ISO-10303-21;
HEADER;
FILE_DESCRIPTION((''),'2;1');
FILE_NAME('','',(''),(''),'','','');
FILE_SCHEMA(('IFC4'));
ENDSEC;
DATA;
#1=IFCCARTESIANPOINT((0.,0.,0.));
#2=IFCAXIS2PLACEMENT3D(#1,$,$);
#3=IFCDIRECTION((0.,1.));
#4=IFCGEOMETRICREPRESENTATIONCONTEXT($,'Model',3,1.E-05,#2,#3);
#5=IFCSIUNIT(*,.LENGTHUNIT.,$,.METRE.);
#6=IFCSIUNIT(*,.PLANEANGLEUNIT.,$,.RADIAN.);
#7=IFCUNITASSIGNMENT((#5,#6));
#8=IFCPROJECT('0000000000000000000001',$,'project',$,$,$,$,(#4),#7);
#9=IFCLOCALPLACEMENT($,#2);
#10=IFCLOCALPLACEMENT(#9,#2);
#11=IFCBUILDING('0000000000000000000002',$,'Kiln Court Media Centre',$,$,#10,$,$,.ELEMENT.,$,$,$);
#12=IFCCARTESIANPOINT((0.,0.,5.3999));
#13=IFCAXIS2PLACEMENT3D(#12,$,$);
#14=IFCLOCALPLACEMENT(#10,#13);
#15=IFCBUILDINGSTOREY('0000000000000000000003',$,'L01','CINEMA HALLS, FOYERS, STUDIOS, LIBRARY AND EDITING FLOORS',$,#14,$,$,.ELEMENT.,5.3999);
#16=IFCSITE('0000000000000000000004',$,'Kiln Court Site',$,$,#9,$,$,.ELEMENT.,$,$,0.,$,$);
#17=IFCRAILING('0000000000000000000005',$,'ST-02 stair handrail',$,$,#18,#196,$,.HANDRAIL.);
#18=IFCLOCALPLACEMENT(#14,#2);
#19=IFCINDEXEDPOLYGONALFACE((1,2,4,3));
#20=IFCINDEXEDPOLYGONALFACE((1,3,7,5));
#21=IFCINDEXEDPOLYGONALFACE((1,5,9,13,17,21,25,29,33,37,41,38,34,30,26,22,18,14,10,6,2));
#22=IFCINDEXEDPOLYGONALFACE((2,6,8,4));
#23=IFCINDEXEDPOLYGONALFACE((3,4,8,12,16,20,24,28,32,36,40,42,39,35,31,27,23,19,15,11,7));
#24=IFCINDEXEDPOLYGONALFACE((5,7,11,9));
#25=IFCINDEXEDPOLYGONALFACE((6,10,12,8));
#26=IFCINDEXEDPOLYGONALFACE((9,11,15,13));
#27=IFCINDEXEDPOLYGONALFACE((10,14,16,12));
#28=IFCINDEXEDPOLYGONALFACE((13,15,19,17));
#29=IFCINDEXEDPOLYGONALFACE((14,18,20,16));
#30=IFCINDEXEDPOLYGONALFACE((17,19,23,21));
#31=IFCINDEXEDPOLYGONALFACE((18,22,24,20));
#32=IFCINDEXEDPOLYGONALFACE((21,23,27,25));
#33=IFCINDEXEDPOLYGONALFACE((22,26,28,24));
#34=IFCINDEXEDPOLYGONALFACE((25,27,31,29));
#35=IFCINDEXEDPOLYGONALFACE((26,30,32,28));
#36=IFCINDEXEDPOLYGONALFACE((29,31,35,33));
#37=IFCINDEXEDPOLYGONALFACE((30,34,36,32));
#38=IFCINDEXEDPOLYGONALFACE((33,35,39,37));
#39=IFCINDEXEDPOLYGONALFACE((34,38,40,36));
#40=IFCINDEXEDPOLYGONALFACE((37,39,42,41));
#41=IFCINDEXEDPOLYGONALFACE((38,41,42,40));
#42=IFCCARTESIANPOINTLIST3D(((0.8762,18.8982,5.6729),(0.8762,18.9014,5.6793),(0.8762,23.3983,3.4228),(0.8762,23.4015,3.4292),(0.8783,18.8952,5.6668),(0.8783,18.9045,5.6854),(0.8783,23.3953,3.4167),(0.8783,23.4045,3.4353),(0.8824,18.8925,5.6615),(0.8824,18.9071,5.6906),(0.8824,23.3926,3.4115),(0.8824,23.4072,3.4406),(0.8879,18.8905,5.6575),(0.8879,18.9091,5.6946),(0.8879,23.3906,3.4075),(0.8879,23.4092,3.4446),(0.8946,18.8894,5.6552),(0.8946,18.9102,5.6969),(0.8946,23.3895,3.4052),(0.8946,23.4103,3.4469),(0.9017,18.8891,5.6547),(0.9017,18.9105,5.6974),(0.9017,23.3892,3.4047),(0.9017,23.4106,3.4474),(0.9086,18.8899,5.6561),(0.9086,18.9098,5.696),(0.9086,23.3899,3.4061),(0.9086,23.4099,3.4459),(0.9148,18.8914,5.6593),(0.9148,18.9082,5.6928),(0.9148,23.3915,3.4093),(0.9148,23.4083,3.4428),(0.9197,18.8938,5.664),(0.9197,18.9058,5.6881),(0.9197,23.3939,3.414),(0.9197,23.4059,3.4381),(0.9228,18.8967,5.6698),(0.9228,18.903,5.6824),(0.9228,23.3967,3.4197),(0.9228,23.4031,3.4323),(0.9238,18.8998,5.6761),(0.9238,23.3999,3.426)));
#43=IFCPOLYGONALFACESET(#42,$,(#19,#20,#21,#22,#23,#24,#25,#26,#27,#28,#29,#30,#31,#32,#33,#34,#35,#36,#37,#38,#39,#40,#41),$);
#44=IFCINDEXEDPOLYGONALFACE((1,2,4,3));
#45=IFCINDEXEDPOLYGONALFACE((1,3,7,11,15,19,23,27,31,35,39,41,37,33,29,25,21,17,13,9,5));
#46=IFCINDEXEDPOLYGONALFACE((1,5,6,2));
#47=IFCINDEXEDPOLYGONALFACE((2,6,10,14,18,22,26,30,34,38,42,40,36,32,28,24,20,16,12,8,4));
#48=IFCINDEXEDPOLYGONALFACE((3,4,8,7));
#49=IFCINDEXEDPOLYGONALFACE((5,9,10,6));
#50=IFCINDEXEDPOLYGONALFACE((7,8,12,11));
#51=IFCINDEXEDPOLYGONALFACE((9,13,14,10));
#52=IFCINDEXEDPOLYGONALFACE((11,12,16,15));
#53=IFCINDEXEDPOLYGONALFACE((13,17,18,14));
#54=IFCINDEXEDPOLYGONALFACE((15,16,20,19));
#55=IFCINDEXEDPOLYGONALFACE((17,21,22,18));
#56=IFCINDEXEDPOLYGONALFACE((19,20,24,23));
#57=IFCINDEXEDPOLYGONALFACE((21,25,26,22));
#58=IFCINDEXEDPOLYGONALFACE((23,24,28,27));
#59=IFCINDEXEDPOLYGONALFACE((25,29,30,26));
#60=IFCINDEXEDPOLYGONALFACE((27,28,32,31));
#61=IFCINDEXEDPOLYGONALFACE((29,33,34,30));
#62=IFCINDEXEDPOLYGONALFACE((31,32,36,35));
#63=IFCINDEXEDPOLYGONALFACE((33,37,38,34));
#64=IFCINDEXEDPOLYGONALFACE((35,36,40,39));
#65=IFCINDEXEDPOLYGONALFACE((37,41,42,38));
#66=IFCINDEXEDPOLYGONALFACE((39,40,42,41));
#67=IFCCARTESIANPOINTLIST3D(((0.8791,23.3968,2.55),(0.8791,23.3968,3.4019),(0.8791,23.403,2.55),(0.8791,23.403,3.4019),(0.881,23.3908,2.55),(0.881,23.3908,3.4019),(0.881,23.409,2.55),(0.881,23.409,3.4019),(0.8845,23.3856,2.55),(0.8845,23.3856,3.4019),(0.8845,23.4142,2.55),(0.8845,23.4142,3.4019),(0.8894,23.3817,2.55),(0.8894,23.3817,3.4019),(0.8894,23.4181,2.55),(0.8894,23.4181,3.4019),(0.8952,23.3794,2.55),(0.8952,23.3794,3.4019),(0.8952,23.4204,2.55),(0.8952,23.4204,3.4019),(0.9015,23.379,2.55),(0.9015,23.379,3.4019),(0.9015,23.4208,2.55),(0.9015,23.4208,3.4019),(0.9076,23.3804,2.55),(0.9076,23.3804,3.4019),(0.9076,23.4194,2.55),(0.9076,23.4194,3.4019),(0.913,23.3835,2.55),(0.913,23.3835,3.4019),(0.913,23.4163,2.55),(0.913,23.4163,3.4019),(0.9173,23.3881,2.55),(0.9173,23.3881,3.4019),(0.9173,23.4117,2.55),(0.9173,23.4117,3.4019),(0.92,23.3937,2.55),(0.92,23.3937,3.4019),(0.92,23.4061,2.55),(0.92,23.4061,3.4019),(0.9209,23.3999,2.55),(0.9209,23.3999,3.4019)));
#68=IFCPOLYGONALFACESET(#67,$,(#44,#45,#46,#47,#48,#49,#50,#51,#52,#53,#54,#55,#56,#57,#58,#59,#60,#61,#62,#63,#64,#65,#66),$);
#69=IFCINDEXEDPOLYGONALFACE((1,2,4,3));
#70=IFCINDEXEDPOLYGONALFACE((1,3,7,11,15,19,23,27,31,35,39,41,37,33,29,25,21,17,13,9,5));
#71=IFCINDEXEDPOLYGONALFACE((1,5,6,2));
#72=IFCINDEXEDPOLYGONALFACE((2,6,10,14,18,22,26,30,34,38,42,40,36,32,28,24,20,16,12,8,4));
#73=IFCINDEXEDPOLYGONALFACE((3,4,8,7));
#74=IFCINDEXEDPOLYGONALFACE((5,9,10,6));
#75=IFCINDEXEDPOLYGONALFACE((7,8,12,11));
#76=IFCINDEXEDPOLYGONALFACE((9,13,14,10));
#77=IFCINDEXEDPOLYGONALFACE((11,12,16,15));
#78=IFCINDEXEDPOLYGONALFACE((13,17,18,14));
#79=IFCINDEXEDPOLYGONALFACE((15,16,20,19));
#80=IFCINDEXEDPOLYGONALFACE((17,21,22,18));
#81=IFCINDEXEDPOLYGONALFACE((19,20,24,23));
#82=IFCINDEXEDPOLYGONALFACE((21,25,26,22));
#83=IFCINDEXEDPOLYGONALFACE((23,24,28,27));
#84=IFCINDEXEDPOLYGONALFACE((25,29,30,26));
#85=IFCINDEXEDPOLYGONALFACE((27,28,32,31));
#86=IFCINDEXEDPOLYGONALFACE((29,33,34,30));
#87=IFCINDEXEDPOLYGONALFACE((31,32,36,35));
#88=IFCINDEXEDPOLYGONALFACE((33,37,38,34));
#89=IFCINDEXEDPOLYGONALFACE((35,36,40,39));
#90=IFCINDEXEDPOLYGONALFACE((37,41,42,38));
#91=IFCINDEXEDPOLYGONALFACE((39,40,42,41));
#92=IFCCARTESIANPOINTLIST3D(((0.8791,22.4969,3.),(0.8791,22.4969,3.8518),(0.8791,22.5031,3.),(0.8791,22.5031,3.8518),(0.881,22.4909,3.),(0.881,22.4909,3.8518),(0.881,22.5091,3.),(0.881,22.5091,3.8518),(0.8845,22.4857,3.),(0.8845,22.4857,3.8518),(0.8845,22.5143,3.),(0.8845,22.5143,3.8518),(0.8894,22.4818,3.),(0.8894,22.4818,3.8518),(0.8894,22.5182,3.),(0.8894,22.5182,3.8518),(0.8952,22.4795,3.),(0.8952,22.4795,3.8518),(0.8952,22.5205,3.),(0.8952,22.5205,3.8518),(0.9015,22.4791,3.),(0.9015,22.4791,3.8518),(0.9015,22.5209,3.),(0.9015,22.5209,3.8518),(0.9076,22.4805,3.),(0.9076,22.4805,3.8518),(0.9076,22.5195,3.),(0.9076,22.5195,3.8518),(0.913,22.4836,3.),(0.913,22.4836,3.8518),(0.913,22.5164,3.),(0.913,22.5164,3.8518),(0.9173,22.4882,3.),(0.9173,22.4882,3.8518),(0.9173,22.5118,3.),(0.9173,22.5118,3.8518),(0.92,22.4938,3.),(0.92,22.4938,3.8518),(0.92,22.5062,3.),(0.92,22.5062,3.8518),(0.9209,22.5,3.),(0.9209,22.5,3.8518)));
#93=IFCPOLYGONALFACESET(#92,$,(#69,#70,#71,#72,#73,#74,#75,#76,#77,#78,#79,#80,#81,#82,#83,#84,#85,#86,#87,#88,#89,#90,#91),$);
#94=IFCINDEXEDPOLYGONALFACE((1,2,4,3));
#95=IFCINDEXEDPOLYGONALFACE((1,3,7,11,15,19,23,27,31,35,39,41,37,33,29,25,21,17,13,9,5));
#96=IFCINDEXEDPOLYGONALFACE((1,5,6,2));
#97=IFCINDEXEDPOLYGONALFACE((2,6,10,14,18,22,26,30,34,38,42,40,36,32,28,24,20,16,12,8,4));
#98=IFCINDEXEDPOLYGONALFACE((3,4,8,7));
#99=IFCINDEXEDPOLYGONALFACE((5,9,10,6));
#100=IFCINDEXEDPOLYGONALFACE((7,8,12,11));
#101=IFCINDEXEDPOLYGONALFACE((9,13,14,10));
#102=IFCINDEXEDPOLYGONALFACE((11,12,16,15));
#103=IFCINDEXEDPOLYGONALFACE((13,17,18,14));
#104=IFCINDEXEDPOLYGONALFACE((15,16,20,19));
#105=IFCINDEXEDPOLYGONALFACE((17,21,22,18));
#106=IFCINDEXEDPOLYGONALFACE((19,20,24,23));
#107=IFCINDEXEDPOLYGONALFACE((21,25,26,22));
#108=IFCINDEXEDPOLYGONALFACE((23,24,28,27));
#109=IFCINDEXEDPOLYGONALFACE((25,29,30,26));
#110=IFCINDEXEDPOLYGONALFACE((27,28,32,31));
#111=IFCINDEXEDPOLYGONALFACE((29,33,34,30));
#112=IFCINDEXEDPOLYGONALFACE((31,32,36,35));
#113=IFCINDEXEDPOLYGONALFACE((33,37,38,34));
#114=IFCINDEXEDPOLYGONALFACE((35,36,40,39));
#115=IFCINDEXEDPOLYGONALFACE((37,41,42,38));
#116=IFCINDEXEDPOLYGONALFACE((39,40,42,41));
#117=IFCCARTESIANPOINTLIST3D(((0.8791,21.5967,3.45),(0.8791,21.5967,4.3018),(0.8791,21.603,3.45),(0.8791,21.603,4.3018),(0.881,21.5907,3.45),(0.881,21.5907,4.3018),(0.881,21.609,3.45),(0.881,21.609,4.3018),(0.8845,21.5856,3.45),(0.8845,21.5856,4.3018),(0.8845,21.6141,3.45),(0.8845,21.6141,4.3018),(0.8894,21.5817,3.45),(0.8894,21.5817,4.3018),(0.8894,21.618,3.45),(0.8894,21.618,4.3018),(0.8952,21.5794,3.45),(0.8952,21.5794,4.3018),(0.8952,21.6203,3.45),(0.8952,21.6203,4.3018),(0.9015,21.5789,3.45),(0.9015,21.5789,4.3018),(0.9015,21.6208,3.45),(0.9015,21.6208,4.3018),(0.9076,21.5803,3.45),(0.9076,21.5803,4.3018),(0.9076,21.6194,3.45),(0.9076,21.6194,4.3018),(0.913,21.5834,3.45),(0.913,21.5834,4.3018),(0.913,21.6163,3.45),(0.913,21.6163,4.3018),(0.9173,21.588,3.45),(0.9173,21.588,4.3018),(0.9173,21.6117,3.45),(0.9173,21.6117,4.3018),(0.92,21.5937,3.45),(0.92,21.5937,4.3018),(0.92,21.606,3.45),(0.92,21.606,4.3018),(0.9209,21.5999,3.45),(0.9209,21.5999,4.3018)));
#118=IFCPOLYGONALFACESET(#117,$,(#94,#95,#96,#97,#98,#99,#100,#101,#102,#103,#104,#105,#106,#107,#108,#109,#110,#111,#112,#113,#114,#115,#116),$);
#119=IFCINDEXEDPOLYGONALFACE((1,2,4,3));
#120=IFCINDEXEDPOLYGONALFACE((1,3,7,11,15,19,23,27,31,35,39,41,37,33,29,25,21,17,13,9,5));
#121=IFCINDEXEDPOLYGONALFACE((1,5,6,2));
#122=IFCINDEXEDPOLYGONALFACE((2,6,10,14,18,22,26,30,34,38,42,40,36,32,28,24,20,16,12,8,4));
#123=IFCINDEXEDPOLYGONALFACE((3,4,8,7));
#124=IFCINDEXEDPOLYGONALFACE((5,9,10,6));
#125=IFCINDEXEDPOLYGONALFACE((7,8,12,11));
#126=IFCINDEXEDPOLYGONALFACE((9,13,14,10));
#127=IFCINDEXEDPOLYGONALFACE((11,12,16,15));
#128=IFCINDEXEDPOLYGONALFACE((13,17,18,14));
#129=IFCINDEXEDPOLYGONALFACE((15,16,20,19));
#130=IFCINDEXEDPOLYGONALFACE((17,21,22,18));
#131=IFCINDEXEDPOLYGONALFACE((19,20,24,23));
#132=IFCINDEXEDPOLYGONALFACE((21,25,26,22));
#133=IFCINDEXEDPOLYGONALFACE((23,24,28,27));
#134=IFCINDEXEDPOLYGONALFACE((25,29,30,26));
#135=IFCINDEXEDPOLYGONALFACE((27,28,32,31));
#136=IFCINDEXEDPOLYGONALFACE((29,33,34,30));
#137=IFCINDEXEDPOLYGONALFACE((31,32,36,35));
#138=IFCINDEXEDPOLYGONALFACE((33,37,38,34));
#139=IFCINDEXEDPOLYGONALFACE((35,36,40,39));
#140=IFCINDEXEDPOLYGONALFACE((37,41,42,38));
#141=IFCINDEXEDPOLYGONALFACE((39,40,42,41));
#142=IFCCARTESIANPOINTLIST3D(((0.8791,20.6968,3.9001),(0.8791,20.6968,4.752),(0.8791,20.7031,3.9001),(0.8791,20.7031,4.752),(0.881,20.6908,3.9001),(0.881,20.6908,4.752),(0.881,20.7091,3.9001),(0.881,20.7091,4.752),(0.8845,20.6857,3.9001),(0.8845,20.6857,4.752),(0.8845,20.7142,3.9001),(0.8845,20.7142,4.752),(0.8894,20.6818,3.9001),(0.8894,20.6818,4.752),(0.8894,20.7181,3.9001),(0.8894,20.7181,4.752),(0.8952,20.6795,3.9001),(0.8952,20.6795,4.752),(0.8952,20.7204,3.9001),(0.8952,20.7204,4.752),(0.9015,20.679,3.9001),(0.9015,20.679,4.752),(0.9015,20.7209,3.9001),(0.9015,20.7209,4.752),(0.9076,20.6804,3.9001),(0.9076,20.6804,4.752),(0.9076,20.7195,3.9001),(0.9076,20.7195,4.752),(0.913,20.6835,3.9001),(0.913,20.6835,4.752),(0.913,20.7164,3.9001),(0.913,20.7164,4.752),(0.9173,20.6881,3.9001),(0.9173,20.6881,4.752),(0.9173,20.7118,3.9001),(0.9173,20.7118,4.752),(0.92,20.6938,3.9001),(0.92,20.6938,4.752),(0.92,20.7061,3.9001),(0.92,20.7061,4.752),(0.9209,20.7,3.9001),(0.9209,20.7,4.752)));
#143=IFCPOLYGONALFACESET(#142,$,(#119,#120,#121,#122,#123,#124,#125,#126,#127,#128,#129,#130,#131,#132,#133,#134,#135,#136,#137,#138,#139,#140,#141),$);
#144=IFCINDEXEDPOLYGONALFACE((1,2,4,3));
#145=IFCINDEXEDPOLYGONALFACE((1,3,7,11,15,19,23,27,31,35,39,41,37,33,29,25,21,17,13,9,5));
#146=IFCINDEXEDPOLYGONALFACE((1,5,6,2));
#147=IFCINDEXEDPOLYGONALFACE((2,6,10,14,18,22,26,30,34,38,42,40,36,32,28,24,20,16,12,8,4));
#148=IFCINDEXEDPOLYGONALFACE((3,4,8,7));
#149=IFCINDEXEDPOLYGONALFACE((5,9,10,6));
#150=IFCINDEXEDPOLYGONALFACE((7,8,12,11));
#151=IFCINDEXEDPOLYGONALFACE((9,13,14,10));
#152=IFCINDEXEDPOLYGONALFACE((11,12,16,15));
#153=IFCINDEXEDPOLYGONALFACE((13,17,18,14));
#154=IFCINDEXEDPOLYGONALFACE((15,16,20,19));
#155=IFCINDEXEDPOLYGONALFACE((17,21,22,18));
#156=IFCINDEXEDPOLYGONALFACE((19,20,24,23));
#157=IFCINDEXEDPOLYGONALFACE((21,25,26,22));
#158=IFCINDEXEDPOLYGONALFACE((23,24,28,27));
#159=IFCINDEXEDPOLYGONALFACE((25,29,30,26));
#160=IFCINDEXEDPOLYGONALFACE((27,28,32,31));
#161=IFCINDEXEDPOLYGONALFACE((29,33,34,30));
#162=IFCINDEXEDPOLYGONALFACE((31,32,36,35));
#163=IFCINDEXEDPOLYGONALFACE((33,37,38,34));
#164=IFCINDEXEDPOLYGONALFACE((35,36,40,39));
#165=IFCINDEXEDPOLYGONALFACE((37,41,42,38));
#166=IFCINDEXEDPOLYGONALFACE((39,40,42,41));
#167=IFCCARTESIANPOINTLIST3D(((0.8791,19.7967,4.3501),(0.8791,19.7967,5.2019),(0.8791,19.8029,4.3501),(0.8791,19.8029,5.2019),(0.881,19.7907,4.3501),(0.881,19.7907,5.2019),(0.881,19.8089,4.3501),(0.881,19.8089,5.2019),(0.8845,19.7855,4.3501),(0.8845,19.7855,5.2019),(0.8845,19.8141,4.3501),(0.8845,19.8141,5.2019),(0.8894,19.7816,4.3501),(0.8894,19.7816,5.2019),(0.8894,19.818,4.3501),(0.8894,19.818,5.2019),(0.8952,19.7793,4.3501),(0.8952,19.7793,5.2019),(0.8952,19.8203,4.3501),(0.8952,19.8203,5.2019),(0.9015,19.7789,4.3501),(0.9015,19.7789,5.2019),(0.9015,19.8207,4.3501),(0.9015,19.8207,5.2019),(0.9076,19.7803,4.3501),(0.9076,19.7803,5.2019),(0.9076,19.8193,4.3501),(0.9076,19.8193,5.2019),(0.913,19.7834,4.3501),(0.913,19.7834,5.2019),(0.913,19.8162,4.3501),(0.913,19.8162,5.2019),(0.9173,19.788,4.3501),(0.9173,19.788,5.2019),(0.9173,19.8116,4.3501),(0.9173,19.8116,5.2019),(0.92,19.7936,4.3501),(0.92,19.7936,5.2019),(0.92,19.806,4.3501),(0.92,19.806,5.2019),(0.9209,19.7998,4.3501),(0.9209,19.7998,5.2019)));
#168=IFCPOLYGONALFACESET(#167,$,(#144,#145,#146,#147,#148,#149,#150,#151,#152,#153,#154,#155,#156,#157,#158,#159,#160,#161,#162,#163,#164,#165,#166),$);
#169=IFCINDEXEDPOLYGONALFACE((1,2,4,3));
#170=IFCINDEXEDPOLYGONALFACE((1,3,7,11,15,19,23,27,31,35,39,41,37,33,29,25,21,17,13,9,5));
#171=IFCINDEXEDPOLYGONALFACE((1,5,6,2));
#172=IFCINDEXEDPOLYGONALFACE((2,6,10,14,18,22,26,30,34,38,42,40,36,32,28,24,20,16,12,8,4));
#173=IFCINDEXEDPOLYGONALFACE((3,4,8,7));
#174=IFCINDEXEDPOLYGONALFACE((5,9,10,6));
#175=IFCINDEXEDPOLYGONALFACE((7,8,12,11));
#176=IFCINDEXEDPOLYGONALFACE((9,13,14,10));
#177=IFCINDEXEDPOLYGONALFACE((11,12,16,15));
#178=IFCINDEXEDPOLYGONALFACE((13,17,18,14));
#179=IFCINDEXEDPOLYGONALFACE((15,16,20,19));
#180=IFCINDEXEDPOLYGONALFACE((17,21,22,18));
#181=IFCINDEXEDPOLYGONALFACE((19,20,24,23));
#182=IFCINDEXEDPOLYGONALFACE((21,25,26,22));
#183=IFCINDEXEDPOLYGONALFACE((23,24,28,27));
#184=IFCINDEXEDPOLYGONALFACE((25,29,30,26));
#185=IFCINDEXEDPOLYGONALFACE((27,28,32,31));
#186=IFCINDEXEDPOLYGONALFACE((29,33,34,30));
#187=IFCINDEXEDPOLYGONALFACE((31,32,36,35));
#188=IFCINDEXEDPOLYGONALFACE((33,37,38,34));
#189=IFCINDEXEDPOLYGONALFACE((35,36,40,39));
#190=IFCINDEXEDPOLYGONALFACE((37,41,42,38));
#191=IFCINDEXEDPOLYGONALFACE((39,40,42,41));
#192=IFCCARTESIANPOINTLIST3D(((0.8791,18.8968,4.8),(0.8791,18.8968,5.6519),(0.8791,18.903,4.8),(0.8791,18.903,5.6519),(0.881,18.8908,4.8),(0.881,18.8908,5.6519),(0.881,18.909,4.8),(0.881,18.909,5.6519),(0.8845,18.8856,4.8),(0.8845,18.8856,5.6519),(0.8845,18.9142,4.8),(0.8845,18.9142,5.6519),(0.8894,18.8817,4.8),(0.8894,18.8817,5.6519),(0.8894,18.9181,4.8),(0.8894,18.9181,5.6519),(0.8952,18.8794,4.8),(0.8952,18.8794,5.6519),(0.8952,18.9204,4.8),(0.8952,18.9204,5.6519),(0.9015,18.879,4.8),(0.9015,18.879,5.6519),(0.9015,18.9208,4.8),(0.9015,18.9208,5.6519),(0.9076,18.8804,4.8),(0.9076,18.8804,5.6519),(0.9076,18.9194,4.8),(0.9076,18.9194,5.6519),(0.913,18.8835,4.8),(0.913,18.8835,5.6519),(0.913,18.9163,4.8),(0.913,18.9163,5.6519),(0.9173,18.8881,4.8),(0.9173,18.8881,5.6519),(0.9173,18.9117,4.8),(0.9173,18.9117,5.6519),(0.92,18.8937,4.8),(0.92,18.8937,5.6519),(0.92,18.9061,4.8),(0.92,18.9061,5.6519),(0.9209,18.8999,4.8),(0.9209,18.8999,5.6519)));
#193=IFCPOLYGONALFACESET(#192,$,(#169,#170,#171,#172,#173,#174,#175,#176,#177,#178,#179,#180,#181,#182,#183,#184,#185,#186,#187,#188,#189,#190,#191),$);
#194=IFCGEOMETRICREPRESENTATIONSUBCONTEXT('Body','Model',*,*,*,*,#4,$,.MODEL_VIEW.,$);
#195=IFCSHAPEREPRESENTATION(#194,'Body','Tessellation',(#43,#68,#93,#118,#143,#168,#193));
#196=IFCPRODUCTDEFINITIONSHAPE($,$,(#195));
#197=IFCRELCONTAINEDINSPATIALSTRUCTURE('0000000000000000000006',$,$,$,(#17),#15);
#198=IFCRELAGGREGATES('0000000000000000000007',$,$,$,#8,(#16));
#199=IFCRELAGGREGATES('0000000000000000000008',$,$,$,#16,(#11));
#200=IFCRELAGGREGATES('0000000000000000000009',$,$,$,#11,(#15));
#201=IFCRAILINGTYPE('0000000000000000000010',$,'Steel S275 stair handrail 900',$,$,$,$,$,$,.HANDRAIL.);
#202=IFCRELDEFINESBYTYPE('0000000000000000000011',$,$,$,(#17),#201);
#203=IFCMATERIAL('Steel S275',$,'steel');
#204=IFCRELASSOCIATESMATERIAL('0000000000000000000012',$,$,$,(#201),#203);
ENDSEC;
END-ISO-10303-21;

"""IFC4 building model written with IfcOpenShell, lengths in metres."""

from ifc_helpers import new_model, si_unit, direction, frame, origin, origin_2d, place, context, subcontext, project, spatial, circle, extrude, material, type_object, element, save


model = new_model("IFC4")

# Units and contexts
model_context = context("Model", 3, precision=1e-05, world=origin(), true_north=direction((0.0, 1.0)))
body_context = subcontext(model_context, "Body", "Model", "MODEL_VIEW")
ifc_project = project(units=[si_unit("LENGTHUNIT", "METRE"), si_unit("PLANEANGLEUNIT", "RADIAN")], contexts=[model_context])

# Site, building, storey
site_placement = place(None, origin())
site = spatial("IfcSite", under=ifc_project, at=site_placement, Name="Kiln Court Site", CompositionType="ELEMENT", RefElevation=0.0)
building_placement = place(site_placement, origin())
building = spatial("IfcBuilding", under=site, at=building_placement, Name="Kiln Court Media Centre", CompositionType="ELEMENT")
storey_placement = place(building_placement, frame((0.0, 0.0, 5.3999)))
storey = spatial("IfcBuildingStorey", under=building, at=storey_placement, Name="L01", Description="CINEMA HALLS, FOYERS, STUDIOS, LIBRARY AND EDITING FLOORS", CompositionType="ELEMENT", Elevation=5.3999)

# Railing
ifc_material_1 = material(Name="Steel S275", Category="steel")
railing_type_1 = type_object("IfcRailingType", Name="Steel S275 stair handrail 900", PredefinedType="HANDRAIL", material=ifc_material_1)
railing_1_placement = place(storey_placement, frame((0.8999, 23.3999, 2.55)))
element("IfcRailing", 1, at=railing_1_placement, inside=storey, type_object=railing_type_1, Name="ST-02 stair handrail", PredefinedType="HANDRAIL", context=body_context, shape_type="SweptSolid", body=[
    extrude(circle(Radius=0.0239, at=origin_2d()), frame((0.0, 0.0, 0.876), z_axis=(0.0, -0.894427, 0.447214), x_axis=(1.0, 0.0, 0.0)), (0.0, 0.0, 1.0), 5.0312),
    extrude(circle(Radius=0.021, at=origin_2d()), origin(), (0.0, 0.0, 1.0), 0.8518),
    extrude(circle(Radius=0.021, at=origin_2d()), frame((0.0, -0.8999, 0.45)), (0.0, 0.0, 1.0), 0.8518),
    extrude(circle(Radius=0.021, at=origin_2d()), frame((0.0, -1.8, 0.8999)), (0.0, 0.0, 1.0), 0.8518),
    extrude(circle(Radius=0.021, at=origin_2d()), frame((0.0, -2.7, 1.3501)), (0.0, 0.0, 1.0), 0.8518),
    extrude(circle(Radius=0.021, at=origin_2d()), frame((0.0, -3.6001, 1.8)), (0.0, 0.0, 1.0), 0.8518),
    extrude(circle(Radius=0.021, at=origin_2d()), frame((0.0, -4.5, 2.25)), (0.0, 0.0, 1.0), 0.8518),
])

save(model, "model.ifc")
